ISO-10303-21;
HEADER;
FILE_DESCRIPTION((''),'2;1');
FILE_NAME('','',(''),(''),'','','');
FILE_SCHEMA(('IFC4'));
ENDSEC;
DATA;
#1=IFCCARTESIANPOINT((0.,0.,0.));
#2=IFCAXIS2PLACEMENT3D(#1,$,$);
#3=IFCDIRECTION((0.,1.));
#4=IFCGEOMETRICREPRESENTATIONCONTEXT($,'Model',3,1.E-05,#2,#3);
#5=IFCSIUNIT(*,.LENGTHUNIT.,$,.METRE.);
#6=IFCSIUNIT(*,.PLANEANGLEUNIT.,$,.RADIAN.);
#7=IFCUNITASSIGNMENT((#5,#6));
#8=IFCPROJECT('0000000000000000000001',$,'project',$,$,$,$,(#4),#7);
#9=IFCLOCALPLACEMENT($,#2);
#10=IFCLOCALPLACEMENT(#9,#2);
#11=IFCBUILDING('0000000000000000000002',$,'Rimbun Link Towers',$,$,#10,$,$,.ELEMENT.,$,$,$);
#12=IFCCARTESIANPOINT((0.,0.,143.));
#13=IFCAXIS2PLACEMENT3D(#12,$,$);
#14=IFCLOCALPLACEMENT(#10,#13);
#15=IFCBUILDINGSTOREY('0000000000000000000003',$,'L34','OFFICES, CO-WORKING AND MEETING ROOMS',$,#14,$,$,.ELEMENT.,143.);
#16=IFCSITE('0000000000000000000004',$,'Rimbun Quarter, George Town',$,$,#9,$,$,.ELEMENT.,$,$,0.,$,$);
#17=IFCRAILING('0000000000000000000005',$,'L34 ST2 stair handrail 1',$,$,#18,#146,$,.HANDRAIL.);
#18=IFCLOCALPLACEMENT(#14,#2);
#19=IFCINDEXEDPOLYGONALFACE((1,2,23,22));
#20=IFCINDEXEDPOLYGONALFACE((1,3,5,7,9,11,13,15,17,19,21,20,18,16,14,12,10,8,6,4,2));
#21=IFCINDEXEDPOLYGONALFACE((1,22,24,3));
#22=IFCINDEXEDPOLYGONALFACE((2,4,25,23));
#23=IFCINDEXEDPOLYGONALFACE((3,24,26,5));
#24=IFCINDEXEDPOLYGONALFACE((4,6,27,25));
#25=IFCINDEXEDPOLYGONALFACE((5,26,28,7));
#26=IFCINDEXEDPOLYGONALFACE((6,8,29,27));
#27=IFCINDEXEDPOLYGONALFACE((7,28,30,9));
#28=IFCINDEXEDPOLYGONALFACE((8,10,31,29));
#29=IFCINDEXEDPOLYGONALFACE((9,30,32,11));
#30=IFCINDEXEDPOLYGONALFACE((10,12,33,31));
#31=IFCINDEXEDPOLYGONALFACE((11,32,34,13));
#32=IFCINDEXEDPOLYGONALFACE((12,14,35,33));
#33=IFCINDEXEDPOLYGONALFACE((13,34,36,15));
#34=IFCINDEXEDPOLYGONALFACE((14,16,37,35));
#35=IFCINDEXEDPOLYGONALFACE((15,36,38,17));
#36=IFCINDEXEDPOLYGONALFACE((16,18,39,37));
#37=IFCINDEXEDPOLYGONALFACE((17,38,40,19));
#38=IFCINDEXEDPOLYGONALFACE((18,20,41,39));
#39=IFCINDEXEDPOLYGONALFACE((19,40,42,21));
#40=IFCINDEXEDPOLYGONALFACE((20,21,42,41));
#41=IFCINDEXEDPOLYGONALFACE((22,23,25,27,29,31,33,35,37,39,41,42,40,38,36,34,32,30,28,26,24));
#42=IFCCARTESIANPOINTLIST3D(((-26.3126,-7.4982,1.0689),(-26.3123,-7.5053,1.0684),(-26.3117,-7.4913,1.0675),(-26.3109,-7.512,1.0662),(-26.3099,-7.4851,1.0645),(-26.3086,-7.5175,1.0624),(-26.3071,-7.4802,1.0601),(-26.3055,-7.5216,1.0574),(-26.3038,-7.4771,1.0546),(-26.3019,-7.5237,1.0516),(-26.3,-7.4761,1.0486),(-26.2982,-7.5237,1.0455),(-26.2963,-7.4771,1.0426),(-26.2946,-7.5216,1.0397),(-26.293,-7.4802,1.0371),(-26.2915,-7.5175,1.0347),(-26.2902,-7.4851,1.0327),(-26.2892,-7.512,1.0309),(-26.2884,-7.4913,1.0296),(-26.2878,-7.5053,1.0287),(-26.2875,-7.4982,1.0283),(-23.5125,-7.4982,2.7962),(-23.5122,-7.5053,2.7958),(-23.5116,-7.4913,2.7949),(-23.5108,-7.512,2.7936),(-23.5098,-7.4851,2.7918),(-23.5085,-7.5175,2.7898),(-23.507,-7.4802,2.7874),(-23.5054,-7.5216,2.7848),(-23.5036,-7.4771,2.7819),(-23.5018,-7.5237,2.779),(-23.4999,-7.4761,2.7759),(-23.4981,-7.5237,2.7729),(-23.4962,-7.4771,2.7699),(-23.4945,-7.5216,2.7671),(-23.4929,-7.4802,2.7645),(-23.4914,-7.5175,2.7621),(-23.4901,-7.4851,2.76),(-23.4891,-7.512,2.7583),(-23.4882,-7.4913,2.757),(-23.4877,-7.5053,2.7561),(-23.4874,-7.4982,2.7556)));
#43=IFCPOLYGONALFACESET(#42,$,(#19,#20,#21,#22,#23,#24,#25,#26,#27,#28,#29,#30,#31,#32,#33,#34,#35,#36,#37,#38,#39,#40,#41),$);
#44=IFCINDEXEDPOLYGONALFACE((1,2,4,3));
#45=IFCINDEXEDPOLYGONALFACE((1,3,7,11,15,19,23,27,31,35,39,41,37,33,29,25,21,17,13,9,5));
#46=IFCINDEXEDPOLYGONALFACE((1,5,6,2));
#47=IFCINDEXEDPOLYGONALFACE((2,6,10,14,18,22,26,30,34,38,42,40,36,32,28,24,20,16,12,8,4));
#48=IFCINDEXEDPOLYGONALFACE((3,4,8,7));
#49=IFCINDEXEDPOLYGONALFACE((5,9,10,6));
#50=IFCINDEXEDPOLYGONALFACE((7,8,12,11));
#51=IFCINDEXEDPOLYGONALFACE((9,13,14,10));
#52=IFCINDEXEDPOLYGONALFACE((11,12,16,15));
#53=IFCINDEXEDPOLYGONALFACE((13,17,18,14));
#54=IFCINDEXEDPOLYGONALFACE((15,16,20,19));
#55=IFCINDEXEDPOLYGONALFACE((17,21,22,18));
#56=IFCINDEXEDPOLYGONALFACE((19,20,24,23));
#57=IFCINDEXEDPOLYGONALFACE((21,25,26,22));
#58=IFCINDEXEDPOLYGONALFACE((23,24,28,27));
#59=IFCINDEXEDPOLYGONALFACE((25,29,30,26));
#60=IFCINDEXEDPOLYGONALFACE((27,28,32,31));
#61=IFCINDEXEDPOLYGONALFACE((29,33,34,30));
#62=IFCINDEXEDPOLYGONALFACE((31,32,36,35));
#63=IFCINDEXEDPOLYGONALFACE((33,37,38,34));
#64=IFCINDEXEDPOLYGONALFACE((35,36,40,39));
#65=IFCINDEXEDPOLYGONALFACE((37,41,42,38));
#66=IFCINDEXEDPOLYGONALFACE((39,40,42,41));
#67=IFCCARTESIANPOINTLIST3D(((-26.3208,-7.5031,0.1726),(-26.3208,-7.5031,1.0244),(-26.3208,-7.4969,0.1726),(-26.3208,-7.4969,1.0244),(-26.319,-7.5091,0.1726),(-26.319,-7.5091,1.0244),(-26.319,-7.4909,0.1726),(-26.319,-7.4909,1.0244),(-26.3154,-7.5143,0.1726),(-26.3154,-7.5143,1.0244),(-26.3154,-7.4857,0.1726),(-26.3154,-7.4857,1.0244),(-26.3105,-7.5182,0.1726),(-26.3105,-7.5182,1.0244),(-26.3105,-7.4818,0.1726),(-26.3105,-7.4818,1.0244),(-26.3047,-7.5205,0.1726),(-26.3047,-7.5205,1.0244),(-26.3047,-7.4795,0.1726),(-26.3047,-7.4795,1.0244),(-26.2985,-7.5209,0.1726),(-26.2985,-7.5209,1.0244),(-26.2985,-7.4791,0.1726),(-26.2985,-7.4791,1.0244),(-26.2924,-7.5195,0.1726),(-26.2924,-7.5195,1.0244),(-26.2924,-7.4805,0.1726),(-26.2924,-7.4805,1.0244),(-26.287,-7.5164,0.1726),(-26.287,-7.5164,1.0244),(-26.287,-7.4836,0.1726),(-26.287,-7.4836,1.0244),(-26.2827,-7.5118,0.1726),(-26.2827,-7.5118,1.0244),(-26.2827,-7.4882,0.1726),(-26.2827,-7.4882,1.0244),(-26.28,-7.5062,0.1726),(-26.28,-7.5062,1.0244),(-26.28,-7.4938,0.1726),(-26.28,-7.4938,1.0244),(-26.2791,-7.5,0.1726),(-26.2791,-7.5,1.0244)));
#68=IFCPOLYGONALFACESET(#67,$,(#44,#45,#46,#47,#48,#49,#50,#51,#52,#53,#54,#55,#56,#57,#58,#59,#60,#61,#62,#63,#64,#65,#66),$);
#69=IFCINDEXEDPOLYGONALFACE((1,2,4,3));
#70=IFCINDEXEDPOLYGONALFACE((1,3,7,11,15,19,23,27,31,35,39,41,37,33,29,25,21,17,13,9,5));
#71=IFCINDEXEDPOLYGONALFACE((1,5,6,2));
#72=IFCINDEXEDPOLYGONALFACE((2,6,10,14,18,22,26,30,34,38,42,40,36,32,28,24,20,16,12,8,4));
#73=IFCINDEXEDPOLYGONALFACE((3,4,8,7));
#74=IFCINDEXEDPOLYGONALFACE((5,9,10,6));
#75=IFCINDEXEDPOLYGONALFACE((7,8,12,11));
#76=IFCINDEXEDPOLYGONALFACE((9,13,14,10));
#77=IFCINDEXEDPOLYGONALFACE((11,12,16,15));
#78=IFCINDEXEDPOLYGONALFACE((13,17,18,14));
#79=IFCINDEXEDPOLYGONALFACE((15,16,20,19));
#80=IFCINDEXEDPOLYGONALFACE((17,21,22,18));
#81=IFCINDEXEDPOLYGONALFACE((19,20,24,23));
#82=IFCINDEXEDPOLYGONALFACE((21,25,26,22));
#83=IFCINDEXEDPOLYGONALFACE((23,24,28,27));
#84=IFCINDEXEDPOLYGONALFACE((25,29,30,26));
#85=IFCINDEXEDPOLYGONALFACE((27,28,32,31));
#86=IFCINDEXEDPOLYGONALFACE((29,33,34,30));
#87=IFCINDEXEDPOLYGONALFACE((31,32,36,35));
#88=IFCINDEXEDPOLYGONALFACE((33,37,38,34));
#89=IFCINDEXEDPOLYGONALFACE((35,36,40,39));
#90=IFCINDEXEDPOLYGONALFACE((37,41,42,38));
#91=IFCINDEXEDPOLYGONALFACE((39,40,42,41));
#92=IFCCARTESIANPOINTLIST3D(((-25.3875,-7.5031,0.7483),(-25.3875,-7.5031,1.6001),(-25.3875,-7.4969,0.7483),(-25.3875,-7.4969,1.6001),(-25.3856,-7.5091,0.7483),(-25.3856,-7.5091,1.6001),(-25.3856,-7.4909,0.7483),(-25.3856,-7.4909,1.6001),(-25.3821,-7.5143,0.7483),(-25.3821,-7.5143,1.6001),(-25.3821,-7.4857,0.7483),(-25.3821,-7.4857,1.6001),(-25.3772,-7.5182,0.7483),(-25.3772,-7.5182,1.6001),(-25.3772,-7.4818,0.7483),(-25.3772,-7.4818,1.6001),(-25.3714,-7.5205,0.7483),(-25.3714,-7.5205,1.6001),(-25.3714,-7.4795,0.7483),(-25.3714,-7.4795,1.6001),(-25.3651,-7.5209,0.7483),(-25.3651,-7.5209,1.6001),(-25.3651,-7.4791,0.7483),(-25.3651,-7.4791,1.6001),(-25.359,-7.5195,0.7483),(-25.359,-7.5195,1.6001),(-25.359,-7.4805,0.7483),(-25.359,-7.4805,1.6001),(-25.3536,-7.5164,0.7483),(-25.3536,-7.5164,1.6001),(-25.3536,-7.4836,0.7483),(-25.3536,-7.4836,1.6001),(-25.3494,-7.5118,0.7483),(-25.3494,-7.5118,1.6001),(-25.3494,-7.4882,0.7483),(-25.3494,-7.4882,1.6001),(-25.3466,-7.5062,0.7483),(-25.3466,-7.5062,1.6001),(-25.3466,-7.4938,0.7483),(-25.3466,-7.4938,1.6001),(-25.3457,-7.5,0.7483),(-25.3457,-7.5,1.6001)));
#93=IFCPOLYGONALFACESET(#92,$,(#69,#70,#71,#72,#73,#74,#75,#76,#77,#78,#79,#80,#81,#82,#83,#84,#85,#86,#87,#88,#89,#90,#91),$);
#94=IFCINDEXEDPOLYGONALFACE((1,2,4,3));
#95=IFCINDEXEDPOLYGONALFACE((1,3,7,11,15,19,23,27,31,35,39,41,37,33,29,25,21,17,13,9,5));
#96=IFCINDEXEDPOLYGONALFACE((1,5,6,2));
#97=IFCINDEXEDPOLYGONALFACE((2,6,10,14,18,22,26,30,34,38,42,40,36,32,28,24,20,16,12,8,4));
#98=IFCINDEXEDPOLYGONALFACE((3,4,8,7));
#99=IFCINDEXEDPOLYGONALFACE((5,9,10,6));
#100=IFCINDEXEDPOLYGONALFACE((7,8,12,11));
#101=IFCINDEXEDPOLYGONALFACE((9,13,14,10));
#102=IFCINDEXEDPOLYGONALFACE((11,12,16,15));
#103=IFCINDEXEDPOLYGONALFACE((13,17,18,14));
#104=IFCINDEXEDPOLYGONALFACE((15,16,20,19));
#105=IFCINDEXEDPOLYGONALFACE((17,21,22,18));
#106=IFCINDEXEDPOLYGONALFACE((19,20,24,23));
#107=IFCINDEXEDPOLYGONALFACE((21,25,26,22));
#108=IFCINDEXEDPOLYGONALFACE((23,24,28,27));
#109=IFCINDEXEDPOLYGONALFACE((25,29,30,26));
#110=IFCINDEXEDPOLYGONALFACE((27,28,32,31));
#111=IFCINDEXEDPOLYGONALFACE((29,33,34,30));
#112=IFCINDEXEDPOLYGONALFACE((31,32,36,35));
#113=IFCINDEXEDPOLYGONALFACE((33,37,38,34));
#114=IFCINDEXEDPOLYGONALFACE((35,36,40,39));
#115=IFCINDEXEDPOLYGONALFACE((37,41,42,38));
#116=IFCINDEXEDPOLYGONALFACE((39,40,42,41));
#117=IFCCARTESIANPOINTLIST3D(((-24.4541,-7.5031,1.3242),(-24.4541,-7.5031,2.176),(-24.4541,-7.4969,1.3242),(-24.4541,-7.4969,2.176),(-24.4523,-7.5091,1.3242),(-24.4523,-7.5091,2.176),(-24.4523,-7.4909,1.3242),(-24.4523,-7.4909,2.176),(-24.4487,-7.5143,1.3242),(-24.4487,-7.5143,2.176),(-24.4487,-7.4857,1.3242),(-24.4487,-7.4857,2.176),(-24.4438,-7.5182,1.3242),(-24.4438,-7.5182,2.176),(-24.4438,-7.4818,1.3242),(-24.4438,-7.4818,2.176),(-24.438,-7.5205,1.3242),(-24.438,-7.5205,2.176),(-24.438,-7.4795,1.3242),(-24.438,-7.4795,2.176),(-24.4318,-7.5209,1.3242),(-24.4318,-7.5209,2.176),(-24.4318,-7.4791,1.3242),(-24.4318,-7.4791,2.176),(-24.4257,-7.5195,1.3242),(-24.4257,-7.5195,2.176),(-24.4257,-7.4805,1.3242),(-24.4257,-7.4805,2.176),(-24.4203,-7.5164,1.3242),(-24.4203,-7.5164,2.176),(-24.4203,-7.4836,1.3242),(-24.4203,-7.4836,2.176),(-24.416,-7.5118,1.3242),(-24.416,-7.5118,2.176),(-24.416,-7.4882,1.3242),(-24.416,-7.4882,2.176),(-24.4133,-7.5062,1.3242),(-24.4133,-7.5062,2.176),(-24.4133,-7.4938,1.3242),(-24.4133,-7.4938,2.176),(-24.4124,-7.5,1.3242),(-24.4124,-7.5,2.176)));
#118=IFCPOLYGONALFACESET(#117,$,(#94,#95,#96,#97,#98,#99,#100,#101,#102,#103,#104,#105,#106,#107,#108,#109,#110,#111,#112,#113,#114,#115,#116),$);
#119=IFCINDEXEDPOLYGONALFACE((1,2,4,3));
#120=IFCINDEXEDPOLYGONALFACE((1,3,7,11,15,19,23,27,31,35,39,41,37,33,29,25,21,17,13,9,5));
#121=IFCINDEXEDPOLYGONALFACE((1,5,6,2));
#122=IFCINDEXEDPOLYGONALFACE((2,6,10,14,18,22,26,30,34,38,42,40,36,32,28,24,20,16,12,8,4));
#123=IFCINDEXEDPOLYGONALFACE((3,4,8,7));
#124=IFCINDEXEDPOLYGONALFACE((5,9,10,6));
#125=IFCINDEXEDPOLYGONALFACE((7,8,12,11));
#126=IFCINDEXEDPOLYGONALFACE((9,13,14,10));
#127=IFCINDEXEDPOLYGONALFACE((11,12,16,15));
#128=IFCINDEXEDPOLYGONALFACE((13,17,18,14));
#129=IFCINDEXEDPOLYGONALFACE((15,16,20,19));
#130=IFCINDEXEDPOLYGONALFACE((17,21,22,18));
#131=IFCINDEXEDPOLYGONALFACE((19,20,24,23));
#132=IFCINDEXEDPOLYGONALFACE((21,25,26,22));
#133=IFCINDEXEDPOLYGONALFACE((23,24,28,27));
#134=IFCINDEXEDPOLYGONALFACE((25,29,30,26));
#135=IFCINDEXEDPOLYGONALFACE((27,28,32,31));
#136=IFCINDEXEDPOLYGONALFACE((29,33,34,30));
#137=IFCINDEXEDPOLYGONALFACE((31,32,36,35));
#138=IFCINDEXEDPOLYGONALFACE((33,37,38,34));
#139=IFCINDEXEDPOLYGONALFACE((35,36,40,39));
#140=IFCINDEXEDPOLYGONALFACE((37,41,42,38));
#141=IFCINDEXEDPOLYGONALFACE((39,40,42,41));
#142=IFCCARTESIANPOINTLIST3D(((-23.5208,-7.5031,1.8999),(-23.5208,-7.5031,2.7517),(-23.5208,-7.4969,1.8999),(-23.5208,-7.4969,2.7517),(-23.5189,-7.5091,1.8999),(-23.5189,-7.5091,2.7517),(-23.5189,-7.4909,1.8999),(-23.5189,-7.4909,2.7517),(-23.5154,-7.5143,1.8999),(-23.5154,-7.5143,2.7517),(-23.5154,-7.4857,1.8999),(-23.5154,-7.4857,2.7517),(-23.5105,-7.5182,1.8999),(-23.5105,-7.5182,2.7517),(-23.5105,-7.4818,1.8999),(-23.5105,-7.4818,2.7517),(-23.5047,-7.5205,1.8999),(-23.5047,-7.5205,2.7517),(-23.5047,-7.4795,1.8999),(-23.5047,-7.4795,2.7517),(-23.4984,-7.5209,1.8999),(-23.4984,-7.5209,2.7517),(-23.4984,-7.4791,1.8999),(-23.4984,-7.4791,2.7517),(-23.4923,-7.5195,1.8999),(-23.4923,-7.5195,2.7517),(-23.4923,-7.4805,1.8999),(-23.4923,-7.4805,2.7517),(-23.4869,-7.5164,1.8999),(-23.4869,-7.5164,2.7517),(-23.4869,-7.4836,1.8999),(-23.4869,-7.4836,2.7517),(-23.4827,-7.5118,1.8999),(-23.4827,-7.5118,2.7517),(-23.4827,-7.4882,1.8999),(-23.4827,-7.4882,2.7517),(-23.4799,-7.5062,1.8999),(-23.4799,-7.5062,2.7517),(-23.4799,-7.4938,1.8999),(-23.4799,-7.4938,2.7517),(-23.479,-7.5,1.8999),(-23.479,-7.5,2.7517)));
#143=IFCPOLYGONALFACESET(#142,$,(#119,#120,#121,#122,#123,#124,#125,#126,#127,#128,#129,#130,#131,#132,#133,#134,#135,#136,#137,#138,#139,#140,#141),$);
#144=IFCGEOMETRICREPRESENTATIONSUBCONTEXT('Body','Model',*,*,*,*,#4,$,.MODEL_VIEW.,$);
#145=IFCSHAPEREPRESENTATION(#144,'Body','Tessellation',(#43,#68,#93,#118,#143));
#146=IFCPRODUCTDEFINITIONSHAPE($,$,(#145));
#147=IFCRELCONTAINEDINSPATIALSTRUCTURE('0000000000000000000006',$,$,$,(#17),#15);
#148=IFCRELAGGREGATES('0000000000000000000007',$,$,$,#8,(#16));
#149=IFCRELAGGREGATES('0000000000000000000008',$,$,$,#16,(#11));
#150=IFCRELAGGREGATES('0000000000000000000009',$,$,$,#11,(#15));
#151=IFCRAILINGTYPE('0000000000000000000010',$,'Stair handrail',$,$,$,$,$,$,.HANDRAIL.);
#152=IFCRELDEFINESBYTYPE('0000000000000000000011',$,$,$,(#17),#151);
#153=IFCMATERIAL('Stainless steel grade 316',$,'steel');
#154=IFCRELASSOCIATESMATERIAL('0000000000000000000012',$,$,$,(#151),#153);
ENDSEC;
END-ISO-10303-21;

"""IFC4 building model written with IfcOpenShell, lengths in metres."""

from ifc_helpers import new_model, si_unit, direction, frame, origin, origin_2d, place, context, subcontext, project, spatial, circle, extrude, material, type_object, element, save


model = new_model("IFC4")

# Units and contexts
model_context = context("Model", 3, precision=1e-05, world=origin(), true_north=direction((0.0, 1.0)))
body_context = subcontext(model_context, "Body", "Model", "MODEL_VIEW")
ifc_project = project(units=[si_unit("LENGTHUNIT", "METRE"), si_unit("PLANEANGLEUNIT", "RADIAN")], contexts=[model_context])

# Site, building, storey
site_placement = place(None, origin())
site = spatial("IfcSite", under=ifc_project, at=site_placement, Name="Rimbun Quarter, George Town", CompositionType="ELEMENT", RefElevation=0.0)
building_placement = place(site_placement, origin())
building = spatial("IfcBuilding", under=site, at=building_placement, Name="Rimbun Link Towers", CompositionType="ELEMENT")
storey_placement = place(building_placement, frame((0.0, 0.0, 143.0)))
storey = spatial("IfcBuildingStorey", under=building, at=storey_placement, Name="L34", Description="OFFICES, CO-WORKING AND MEETING ROOMS", CompositionType="ELEMENT", Elevation=143.0)

# Railing
ifc_material_1 = material(Name="Stainless steel grade 316", Category="steel")
railing_type_1 = type_object("IfcRailingType", Name="Stair handrail", PredefinedType="HANDRAIL", material=ifc_material_1)
railing_1_placement = place(storey_placement, frame((-26.3, -7.5, 0.1726)))
element("IfcRailing", 1, at=railing_1_placement, inside=storey, type_object=railing_type_1, Name="L34 ST2 stair handrail 1", PredefinedType="HANDRAIL", context=body_context, shape_type="SweptSolid", body=[
    extrude(circle(Radius=0.0239, at=origin_2d()), frame((0.0, 0.0, 0.876), z_axis=(0.85109, 0.0, 0.52502), x_axis=(0.0, 1.0, 0.0)), (0.0, 0.0, 1.0), 3.29),
    extrude(circle(Radius=0.021, at=origin_2d()), origin(), (0.0, 0.0, 1.0), 0.8518),
    extrude(circle(Radius=0.021, at=origin_2d()), frame((0.9333, 0.0, 0.5757)), (0.0, 0.0, 1.0), 0.8518),
    extrude(circle(Radius=0.021, at=origin_2d()), frame((1.8667, 0.0, 1.1516)), (0.0, 0.0, 1.0), 0.8518),
    extrude(circle(Radius=0.021, at=origin_2d()), frame((2.8, 0.0, 1.7273)), (0.0, 0.0, 1.0), 0.8518),
])

save(model, "model.ifc")
